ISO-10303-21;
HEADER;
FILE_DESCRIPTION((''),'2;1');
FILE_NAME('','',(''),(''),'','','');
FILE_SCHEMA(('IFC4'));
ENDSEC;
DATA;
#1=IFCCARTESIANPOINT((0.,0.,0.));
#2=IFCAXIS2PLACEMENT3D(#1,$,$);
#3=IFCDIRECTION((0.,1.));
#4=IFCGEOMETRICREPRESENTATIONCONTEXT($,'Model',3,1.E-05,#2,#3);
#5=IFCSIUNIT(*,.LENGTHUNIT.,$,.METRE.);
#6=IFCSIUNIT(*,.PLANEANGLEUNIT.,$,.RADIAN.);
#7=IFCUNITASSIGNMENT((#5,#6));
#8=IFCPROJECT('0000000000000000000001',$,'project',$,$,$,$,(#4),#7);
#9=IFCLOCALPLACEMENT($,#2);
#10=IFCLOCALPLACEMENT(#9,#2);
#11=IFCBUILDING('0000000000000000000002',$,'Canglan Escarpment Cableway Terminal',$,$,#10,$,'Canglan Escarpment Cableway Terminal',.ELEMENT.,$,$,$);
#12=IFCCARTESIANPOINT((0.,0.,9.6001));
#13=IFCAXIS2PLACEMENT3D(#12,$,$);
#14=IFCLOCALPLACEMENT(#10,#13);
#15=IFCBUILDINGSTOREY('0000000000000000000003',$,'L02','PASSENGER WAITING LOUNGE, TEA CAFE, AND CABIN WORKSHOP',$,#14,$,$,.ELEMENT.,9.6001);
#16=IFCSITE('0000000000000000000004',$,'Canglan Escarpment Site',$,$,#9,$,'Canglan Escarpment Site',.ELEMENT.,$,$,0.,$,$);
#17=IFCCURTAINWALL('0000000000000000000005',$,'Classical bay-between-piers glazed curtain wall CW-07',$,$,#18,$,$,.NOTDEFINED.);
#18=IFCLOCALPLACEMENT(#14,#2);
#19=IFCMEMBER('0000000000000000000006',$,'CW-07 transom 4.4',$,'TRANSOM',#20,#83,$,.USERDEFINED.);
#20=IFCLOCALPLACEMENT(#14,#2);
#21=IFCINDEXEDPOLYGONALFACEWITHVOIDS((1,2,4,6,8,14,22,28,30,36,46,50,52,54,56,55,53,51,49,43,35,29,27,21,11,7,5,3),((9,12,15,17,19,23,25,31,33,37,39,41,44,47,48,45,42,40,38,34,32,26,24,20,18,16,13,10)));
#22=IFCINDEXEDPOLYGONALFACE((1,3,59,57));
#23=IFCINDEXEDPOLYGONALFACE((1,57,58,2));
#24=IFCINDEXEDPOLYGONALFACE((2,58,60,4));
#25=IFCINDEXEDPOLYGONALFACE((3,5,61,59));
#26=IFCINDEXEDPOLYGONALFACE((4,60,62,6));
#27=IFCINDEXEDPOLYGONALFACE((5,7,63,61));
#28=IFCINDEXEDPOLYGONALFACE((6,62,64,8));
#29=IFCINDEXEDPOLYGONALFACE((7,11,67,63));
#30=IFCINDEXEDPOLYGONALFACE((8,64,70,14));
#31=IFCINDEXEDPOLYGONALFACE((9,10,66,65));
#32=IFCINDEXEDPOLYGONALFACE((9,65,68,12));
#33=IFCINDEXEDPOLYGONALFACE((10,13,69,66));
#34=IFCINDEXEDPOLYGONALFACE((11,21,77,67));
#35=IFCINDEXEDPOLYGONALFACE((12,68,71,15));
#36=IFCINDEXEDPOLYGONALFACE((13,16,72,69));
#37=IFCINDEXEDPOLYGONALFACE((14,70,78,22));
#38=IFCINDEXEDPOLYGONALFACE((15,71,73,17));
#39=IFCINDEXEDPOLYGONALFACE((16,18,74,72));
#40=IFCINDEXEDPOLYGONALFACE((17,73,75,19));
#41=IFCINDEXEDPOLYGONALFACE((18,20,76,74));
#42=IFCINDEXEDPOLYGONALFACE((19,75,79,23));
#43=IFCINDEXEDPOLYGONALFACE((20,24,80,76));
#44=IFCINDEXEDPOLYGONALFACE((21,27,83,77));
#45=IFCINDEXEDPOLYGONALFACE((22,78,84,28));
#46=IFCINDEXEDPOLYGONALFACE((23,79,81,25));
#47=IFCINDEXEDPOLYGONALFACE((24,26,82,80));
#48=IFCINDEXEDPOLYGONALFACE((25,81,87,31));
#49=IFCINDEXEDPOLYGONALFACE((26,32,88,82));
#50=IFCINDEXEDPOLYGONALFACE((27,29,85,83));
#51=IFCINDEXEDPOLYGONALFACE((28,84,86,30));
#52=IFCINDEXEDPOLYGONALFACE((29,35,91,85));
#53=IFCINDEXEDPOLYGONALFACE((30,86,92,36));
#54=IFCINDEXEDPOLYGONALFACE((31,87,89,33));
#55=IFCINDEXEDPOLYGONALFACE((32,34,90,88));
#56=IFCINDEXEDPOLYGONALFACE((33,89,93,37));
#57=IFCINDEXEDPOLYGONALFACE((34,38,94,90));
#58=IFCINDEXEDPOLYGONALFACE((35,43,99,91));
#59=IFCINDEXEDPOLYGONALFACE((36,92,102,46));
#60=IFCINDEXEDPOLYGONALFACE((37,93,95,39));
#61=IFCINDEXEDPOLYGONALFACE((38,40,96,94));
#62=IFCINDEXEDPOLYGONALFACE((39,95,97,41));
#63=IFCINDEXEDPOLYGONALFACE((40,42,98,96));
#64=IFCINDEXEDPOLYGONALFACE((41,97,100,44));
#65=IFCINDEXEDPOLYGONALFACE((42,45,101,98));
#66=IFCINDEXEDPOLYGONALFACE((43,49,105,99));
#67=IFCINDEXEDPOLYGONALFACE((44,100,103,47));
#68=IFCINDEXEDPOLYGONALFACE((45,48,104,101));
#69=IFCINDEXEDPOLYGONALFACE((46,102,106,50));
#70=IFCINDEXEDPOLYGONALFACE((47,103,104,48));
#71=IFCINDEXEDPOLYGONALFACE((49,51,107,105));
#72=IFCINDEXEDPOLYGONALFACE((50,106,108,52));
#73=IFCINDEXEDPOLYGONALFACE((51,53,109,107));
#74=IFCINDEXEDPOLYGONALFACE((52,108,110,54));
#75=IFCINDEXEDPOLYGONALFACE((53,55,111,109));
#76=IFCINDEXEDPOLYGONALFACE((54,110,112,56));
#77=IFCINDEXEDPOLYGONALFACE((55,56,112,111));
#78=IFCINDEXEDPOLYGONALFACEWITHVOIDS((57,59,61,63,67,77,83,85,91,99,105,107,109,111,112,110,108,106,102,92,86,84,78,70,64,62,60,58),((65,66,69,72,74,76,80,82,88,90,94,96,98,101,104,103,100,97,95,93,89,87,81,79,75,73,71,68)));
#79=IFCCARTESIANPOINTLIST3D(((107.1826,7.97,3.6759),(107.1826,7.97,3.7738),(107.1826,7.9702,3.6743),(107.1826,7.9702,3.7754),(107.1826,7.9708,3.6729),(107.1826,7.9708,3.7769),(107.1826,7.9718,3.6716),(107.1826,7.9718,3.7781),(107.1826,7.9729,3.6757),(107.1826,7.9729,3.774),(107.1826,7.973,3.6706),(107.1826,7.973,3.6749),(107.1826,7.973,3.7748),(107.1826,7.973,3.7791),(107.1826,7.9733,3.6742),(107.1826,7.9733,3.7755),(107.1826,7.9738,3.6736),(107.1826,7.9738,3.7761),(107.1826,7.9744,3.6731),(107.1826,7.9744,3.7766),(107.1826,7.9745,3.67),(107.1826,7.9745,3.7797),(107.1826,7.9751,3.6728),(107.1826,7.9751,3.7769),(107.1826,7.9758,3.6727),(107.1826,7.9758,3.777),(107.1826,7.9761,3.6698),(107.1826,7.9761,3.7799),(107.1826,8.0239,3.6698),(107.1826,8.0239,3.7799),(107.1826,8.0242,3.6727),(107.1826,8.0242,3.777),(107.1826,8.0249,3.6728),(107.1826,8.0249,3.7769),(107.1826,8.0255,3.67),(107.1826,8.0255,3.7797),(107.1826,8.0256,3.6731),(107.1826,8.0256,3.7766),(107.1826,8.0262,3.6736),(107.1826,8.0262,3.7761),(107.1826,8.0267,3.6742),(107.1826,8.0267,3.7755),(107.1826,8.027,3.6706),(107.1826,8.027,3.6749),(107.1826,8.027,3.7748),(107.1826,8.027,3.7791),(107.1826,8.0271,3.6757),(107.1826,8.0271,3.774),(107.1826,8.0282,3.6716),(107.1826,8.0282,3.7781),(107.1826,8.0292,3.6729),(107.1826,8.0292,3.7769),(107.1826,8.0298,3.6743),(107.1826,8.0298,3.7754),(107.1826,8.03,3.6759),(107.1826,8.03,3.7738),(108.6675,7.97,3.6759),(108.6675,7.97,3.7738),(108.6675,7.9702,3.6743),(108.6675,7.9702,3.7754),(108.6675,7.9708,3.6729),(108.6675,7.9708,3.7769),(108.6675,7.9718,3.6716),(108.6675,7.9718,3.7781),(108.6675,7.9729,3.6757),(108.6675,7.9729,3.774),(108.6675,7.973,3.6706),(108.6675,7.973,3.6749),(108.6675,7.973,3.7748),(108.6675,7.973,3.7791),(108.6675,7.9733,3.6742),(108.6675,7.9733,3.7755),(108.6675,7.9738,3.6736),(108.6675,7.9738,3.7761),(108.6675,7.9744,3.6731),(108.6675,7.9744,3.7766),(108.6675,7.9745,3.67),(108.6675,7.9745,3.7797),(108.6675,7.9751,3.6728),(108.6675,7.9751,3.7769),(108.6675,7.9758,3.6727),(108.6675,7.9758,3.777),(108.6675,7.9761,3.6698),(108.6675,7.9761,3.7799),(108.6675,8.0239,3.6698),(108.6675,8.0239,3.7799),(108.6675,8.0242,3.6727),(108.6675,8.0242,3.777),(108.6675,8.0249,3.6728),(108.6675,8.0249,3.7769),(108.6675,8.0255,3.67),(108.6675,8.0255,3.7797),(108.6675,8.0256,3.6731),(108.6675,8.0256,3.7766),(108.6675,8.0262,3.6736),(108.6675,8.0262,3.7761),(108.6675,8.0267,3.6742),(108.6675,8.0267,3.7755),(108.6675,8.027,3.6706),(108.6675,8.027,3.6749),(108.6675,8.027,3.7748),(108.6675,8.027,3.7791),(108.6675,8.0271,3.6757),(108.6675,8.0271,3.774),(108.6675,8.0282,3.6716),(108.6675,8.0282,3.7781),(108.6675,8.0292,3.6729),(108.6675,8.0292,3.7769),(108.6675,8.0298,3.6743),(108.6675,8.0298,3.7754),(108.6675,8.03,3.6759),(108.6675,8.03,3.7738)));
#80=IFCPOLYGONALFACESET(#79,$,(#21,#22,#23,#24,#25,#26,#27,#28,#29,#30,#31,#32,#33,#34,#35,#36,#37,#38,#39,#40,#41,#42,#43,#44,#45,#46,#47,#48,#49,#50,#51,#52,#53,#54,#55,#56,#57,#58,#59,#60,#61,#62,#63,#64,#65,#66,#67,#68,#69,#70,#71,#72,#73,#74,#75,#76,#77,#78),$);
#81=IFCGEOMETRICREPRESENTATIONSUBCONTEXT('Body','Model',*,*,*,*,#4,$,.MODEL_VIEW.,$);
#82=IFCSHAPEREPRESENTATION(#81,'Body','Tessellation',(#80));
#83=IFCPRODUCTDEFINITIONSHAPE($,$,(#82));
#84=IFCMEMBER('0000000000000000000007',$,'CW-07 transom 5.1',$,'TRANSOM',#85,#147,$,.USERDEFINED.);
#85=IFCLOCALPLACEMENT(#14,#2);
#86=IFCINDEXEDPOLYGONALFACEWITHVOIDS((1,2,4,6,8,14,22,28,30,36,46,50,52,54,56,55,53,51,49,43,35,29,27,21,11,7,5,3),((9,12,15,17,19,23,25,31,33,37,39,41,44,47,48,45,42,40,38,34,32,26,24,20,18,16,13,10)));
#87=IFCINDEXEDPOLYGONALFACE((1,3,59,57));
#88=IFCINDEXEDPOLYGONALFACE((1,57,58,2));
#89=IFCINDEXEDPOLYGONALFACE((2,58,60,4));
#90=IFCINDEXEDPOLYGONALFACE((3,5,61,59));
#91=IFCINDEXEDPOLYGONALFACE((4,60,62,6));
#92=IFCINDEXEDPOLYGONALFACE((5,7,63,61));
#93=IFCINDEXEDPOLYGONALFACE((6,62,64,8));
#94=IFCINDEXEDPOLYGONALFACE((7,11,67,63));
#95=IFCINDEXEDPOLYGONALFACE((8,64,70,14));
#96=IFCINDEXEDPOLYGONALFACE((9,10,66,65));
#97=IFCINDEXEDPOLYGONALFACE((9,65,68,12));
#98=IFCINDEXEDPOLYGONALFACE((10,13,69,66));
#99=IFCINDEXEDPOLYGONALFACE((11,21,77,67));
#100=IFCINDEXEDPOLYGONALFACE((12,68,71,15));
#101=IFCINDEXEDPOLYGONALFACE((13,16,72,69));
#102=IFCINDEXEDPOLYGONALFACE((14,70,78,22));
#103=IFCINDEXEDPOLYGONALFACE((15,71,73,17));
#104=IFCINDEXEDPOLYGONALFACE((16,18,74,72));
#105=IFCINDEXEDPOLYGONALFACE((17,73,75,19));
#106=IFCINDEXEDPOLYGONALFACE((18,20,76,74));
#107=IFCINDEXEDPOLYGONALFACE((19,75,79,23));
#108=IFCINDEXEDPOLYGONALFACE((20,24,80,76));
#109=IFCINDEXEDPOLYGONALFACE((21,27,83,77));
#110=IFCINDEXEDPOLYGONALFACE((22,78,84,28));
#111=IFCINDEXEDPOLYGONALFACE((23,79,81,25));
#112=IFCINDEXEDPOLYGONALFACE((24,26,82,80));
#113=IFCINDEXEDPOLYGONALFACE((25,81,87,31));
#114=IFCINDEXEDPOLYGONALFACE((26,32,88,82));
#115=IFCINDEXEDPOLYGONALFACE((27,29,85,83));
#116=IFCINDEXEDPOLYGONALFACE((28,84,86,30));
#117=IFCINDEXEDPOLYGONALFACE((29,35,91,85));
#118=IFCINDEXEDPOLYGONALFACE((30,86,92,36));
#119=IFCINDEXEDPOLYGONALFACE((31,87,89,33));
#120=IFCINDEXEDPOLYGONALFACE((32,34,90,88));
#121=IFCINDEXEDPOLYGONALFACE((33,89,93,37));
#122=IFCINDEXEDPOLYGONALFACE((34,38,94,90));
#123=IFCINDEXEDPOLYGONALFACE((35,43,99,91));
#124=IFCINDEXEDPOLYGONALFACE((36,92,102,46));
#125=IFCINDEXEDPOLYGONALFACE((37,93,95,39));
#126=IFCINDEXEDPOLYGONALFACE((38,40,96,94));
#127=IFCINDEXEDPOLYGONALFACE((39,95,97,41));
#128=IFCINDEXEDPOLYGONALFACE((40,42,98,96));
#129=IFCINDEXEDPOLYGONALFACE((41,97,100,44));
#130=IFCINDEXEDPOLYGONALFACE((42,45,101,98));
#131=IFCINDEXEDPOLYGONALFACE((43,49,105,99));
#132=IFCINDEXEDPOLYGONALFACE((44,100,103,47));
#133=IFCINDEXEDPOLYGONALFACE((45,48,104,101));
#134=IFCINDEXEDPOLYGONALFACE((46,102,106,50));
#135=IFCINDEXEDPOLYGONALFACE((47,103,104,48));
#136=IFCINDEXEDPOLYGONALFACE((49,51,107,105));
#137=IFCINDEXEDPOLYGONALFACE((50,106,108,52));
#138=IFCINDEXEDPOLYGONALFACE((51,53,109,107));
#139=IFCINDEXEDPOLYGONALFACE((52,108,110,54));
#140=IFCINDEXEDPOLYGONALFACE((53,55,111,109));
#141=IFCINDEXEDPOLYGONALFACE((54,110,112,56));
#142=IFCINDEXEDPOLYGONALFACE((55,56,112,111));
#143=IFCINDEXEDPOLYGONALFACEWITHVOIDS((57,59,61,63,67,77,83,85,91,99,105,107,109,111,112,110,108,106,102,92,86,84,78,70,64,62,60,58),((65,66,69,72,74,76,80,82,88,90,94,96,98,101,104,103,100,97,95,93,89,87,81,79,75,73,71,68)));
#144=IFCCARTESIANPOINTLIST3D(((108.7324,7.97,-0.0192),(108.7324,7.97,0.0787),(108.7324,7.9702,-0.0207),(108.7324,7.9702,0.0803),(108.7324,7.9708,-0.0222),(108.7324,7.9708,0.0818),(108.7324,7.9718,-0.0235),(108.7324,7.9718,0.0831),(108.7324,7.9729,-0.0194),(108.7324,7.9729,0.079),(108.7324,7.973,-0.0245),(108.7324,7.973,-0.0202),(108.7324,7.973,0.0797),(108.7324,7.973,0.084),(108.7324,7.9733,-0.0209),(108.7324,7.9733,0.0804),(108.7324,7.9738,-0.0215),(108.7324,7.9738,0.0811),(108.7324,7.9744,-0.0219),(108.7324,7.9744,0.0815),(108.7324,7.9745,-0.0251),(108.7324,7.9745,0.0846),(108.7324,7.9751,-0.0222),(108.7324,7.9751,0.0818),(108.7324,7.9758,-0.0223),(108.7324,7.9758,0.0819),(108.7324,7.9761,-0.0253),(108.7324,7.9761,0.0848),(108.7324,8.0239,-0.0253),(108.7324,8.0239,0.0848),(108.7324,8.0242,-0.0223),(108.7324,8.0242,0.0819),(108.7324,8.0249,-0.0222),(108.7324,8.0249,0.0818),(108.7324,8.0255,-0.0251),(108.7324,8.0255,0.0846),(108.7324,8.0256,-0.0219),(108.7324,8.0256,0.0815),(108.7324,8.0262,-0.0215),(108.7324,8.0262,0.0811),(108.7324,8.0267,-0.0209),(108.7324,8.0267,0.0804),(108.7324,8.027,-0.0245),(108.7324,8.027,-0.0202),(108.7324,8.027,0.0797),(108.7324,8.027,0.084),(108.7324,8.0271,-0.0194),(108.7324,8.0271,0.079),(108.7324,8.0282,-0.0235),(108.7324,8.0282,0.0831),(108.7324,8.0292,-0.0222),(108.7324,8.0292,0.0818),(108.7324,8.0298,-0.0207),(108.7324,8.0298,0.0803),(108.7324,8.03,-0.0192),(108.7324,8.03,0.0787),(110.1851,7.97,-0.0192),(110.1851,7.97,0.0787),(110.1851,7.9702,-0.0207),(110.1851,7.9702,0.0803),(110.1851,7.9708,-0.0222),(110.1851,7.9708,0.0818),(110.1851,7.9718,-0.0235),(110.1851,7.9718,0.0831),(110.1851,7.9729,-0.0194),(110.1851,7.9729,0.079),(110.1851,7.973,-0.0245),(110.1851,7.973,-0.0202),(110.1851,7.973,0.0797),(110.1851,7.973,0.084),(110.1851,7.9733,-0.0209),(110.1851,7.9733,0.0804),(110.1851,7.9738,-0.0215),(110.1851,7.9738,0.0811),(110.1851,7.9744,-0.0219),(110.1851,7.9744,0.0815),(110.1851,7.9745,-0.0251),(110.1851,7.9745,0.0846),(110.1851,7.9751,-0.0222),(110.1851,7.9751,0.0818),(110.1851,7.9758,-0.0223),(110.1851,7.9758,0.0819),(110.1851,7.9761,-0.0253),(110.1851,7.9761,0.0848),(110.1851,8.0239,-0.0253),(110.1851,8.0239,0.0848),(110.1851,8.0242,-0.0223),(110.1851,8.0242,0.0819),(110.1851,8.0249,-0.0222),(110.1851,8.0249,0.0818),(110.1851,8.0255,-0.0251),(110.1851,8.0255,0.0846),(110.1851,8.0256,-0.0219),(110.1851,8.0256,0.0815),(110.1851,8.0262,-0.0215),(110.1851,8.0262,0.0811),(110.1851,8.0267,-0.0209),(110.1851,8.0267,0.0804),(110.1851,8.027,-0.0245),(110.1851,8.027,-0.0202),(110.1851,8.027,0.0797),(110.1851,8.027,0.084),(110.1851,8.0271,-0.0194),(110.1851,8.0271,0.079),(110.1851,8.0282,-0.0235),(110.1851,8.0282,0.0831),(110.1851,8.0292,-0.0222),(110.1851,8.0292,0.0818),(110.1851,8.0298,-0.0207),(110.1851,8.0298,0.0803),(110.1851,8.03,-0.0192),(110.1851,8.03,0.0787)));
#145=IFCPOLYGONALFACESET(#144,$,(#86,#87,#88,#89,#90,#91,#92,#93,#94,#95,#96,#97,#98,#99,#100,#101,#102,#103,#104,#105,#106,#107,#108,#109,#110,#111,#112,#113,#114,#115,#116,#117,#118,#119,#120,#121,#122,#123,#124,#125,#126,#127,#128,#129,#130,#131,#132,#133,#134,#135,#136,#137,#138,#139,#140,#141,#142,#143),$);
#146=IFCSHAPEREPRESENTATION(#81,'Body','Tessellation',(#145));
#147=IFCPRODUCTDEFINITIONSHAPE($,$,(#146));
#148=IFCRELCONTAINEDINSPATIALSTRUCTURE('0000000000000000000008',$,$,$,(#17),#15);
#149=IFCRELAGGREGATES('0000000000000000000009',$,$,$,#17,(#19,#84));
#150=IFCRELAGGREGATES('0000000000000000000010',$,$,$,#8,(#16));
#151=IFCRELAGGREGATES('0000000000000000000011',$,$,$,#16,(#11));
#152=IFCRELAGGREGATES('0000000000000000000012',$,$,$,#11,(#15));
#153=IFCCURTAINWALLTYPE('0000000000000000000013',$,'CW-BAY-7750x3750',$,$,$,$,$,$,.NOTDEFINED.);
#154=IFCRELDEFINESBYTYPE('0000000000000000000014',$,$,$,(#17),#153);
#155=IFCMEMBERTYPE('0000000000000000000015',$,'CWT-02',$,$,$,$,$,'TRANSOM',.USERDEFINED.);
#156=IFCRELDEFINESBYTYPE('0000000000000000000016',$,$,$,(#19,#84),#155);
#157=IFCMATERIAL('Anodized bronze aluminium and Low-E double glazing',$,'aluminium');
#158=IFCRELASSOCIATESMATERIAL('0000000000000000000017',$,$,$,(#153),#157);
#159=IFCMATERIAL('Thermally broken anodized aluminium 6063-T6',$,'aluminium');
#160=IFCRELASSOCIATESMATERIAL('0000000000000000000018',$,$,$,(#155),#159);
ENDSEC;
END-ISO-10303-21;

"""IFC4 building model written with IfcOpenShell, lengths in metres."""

from ifc_helpers import new_model, si_unit, direction, frame, origin, origin_2d, place, context, subcontext, project, spatial, hollow_rectangle, extrude, material, material_profile, profile_set, type_object, element, aggregate, save


model = new_model("IFC4")

# Units and contexts
model_context = context("Model", 3, precision=1e-05, world=origin(), true_north=direction((0.0, 1.0)))
body_context = subcontext(model_context, "Body", "Model", "MODEL_VIEW")
ifc_project = project(units=[si_unit("LENGTHUNIT", "METRE"), si_unit("PLANEANGLEUNIT", "RADIAN")], contexts=[model_context])

# Site, building, storey
site_placement = place(None, origin())
site = spatial("IfcSite", under=ifc_project, at=site_placement, Name="Canglan Escarpment Site", LongName="Canglan Escarpment Site", CompositionType="ELEMENT", RefElevation=0.0)
building_placement = place(site_placement, origin())
building = spatial("IfcBuilding", under=site, at=building_placement, Name="Canglan Escarpment Cableway Terminal", LongName="Canglan Escarpment Cableway Terminal", CompositionType="ELEMENT")
storey_placement = place(building_placement, frame((0.0, 0.0, 9.6001)))
storey = spatial("IfcBuildingStorey", under=building, at=storey_placement, Name="L02", Description="PASSENGER WAITING LOUNGE, TEA CAFE, AND CABIN WORKSHOP", CompositionType="ELEMENT", Elevation=9.6001)

# Curtain wall, members
ifc_material_1 = material(Name="Anodized bronze aluminium and Low-E double glazing", Category="aluminium")
curtain_wall_type = type_object("IfcCurtainWallType", Name="CW-BAY-7750x3750", PredefinedType="NOTDEFINED", material=ifc_material_1)
curtain_wall_placement = place(storey_placement, origin())
curtain_wall = element("IfcCurtainWall", 1, at=curtain_wall_placement, inside=storey, type_object=curtain_wall_type, Name="Classical bay-between-piers glazed curtain wall CW-07", PredefinedType="NOTDEFINED")
ifc_material_2 = material(Name="Thermally broken anodized aluminium 6063-T6", Category="aluminium")
ifc_material_profile_1 = material_profile(ifc_material_2, hollow_rectangle(XDim=0.0601, YDim=0.1101, WallThickness=0.0029, InnerFilletRadius=0.0029, OuterFilletRadius=0.0061, at=origin_2d()), Name="ALU-TRAN 60x110x3")
ifc_profile_set_1 = profile_set([ifc_material_profile_1], Name="Thermally broken anodized aluminium 6063-T6")
member_type_1 = type_object("IfcMemberType", Name="CWT-02", ElementType="TRANSOM", PredefinedType="USERDEFINED", material=ifc_profile_set_1)
member_1_placement = place(storey_placement, frame((107.1826, 8.0, 3.7249), z_axis=(1.0, 0.0, 0.0), x_axis=(0.0, 1.0, 0.0)))
member_1 = element("IfcMember", 2, at=member_1_placement, type_object=member_type_1, Name="CW-07 transom 4.4", ObjectType="TRANSOM", PredefinedType="USERDEFINED", context=body_context, shape_type="SweptSolid", body=[
    extrude(hollow_rectangle(XDim=0.0601, YDim=0.1101, WallThickness=0.0029, InnerFilletRadius=0.0029, OuterFilletRadius=0.0061, at=origin_2d()), origin(), (0.0, 0.0, 1.0), 1.4849),
])
member_2_placement = place(storey_placement, frame((108.7324, 8.0, 0.0298), z_axis=(1.0, 0.0, 0.0), x_axis=(0.0, 1.0, 0.0)))
member_2 = element("IfcMember", 3, at=member_2_placement, type_object=member_type_1, Name="CW-07 transom 5.1", ObjectType="TRANSOM", PredefinedType="USERDEFINED", context=body_context, shape_type="SweptSolid", body=[
    extrude(hollow_rectangle(XDim=0.0601, YDim=0.1101, WallThickness=0.0029, InnerFilletRadius=0.0029, OuterFilletRadius=0.0061, at=origin_2d()), origin(), (0.0, 0.0, 1.0), 1.4526),
])
aggregate(curtain_wall, [member_1, member_2])

save(model, "model.ifc")
